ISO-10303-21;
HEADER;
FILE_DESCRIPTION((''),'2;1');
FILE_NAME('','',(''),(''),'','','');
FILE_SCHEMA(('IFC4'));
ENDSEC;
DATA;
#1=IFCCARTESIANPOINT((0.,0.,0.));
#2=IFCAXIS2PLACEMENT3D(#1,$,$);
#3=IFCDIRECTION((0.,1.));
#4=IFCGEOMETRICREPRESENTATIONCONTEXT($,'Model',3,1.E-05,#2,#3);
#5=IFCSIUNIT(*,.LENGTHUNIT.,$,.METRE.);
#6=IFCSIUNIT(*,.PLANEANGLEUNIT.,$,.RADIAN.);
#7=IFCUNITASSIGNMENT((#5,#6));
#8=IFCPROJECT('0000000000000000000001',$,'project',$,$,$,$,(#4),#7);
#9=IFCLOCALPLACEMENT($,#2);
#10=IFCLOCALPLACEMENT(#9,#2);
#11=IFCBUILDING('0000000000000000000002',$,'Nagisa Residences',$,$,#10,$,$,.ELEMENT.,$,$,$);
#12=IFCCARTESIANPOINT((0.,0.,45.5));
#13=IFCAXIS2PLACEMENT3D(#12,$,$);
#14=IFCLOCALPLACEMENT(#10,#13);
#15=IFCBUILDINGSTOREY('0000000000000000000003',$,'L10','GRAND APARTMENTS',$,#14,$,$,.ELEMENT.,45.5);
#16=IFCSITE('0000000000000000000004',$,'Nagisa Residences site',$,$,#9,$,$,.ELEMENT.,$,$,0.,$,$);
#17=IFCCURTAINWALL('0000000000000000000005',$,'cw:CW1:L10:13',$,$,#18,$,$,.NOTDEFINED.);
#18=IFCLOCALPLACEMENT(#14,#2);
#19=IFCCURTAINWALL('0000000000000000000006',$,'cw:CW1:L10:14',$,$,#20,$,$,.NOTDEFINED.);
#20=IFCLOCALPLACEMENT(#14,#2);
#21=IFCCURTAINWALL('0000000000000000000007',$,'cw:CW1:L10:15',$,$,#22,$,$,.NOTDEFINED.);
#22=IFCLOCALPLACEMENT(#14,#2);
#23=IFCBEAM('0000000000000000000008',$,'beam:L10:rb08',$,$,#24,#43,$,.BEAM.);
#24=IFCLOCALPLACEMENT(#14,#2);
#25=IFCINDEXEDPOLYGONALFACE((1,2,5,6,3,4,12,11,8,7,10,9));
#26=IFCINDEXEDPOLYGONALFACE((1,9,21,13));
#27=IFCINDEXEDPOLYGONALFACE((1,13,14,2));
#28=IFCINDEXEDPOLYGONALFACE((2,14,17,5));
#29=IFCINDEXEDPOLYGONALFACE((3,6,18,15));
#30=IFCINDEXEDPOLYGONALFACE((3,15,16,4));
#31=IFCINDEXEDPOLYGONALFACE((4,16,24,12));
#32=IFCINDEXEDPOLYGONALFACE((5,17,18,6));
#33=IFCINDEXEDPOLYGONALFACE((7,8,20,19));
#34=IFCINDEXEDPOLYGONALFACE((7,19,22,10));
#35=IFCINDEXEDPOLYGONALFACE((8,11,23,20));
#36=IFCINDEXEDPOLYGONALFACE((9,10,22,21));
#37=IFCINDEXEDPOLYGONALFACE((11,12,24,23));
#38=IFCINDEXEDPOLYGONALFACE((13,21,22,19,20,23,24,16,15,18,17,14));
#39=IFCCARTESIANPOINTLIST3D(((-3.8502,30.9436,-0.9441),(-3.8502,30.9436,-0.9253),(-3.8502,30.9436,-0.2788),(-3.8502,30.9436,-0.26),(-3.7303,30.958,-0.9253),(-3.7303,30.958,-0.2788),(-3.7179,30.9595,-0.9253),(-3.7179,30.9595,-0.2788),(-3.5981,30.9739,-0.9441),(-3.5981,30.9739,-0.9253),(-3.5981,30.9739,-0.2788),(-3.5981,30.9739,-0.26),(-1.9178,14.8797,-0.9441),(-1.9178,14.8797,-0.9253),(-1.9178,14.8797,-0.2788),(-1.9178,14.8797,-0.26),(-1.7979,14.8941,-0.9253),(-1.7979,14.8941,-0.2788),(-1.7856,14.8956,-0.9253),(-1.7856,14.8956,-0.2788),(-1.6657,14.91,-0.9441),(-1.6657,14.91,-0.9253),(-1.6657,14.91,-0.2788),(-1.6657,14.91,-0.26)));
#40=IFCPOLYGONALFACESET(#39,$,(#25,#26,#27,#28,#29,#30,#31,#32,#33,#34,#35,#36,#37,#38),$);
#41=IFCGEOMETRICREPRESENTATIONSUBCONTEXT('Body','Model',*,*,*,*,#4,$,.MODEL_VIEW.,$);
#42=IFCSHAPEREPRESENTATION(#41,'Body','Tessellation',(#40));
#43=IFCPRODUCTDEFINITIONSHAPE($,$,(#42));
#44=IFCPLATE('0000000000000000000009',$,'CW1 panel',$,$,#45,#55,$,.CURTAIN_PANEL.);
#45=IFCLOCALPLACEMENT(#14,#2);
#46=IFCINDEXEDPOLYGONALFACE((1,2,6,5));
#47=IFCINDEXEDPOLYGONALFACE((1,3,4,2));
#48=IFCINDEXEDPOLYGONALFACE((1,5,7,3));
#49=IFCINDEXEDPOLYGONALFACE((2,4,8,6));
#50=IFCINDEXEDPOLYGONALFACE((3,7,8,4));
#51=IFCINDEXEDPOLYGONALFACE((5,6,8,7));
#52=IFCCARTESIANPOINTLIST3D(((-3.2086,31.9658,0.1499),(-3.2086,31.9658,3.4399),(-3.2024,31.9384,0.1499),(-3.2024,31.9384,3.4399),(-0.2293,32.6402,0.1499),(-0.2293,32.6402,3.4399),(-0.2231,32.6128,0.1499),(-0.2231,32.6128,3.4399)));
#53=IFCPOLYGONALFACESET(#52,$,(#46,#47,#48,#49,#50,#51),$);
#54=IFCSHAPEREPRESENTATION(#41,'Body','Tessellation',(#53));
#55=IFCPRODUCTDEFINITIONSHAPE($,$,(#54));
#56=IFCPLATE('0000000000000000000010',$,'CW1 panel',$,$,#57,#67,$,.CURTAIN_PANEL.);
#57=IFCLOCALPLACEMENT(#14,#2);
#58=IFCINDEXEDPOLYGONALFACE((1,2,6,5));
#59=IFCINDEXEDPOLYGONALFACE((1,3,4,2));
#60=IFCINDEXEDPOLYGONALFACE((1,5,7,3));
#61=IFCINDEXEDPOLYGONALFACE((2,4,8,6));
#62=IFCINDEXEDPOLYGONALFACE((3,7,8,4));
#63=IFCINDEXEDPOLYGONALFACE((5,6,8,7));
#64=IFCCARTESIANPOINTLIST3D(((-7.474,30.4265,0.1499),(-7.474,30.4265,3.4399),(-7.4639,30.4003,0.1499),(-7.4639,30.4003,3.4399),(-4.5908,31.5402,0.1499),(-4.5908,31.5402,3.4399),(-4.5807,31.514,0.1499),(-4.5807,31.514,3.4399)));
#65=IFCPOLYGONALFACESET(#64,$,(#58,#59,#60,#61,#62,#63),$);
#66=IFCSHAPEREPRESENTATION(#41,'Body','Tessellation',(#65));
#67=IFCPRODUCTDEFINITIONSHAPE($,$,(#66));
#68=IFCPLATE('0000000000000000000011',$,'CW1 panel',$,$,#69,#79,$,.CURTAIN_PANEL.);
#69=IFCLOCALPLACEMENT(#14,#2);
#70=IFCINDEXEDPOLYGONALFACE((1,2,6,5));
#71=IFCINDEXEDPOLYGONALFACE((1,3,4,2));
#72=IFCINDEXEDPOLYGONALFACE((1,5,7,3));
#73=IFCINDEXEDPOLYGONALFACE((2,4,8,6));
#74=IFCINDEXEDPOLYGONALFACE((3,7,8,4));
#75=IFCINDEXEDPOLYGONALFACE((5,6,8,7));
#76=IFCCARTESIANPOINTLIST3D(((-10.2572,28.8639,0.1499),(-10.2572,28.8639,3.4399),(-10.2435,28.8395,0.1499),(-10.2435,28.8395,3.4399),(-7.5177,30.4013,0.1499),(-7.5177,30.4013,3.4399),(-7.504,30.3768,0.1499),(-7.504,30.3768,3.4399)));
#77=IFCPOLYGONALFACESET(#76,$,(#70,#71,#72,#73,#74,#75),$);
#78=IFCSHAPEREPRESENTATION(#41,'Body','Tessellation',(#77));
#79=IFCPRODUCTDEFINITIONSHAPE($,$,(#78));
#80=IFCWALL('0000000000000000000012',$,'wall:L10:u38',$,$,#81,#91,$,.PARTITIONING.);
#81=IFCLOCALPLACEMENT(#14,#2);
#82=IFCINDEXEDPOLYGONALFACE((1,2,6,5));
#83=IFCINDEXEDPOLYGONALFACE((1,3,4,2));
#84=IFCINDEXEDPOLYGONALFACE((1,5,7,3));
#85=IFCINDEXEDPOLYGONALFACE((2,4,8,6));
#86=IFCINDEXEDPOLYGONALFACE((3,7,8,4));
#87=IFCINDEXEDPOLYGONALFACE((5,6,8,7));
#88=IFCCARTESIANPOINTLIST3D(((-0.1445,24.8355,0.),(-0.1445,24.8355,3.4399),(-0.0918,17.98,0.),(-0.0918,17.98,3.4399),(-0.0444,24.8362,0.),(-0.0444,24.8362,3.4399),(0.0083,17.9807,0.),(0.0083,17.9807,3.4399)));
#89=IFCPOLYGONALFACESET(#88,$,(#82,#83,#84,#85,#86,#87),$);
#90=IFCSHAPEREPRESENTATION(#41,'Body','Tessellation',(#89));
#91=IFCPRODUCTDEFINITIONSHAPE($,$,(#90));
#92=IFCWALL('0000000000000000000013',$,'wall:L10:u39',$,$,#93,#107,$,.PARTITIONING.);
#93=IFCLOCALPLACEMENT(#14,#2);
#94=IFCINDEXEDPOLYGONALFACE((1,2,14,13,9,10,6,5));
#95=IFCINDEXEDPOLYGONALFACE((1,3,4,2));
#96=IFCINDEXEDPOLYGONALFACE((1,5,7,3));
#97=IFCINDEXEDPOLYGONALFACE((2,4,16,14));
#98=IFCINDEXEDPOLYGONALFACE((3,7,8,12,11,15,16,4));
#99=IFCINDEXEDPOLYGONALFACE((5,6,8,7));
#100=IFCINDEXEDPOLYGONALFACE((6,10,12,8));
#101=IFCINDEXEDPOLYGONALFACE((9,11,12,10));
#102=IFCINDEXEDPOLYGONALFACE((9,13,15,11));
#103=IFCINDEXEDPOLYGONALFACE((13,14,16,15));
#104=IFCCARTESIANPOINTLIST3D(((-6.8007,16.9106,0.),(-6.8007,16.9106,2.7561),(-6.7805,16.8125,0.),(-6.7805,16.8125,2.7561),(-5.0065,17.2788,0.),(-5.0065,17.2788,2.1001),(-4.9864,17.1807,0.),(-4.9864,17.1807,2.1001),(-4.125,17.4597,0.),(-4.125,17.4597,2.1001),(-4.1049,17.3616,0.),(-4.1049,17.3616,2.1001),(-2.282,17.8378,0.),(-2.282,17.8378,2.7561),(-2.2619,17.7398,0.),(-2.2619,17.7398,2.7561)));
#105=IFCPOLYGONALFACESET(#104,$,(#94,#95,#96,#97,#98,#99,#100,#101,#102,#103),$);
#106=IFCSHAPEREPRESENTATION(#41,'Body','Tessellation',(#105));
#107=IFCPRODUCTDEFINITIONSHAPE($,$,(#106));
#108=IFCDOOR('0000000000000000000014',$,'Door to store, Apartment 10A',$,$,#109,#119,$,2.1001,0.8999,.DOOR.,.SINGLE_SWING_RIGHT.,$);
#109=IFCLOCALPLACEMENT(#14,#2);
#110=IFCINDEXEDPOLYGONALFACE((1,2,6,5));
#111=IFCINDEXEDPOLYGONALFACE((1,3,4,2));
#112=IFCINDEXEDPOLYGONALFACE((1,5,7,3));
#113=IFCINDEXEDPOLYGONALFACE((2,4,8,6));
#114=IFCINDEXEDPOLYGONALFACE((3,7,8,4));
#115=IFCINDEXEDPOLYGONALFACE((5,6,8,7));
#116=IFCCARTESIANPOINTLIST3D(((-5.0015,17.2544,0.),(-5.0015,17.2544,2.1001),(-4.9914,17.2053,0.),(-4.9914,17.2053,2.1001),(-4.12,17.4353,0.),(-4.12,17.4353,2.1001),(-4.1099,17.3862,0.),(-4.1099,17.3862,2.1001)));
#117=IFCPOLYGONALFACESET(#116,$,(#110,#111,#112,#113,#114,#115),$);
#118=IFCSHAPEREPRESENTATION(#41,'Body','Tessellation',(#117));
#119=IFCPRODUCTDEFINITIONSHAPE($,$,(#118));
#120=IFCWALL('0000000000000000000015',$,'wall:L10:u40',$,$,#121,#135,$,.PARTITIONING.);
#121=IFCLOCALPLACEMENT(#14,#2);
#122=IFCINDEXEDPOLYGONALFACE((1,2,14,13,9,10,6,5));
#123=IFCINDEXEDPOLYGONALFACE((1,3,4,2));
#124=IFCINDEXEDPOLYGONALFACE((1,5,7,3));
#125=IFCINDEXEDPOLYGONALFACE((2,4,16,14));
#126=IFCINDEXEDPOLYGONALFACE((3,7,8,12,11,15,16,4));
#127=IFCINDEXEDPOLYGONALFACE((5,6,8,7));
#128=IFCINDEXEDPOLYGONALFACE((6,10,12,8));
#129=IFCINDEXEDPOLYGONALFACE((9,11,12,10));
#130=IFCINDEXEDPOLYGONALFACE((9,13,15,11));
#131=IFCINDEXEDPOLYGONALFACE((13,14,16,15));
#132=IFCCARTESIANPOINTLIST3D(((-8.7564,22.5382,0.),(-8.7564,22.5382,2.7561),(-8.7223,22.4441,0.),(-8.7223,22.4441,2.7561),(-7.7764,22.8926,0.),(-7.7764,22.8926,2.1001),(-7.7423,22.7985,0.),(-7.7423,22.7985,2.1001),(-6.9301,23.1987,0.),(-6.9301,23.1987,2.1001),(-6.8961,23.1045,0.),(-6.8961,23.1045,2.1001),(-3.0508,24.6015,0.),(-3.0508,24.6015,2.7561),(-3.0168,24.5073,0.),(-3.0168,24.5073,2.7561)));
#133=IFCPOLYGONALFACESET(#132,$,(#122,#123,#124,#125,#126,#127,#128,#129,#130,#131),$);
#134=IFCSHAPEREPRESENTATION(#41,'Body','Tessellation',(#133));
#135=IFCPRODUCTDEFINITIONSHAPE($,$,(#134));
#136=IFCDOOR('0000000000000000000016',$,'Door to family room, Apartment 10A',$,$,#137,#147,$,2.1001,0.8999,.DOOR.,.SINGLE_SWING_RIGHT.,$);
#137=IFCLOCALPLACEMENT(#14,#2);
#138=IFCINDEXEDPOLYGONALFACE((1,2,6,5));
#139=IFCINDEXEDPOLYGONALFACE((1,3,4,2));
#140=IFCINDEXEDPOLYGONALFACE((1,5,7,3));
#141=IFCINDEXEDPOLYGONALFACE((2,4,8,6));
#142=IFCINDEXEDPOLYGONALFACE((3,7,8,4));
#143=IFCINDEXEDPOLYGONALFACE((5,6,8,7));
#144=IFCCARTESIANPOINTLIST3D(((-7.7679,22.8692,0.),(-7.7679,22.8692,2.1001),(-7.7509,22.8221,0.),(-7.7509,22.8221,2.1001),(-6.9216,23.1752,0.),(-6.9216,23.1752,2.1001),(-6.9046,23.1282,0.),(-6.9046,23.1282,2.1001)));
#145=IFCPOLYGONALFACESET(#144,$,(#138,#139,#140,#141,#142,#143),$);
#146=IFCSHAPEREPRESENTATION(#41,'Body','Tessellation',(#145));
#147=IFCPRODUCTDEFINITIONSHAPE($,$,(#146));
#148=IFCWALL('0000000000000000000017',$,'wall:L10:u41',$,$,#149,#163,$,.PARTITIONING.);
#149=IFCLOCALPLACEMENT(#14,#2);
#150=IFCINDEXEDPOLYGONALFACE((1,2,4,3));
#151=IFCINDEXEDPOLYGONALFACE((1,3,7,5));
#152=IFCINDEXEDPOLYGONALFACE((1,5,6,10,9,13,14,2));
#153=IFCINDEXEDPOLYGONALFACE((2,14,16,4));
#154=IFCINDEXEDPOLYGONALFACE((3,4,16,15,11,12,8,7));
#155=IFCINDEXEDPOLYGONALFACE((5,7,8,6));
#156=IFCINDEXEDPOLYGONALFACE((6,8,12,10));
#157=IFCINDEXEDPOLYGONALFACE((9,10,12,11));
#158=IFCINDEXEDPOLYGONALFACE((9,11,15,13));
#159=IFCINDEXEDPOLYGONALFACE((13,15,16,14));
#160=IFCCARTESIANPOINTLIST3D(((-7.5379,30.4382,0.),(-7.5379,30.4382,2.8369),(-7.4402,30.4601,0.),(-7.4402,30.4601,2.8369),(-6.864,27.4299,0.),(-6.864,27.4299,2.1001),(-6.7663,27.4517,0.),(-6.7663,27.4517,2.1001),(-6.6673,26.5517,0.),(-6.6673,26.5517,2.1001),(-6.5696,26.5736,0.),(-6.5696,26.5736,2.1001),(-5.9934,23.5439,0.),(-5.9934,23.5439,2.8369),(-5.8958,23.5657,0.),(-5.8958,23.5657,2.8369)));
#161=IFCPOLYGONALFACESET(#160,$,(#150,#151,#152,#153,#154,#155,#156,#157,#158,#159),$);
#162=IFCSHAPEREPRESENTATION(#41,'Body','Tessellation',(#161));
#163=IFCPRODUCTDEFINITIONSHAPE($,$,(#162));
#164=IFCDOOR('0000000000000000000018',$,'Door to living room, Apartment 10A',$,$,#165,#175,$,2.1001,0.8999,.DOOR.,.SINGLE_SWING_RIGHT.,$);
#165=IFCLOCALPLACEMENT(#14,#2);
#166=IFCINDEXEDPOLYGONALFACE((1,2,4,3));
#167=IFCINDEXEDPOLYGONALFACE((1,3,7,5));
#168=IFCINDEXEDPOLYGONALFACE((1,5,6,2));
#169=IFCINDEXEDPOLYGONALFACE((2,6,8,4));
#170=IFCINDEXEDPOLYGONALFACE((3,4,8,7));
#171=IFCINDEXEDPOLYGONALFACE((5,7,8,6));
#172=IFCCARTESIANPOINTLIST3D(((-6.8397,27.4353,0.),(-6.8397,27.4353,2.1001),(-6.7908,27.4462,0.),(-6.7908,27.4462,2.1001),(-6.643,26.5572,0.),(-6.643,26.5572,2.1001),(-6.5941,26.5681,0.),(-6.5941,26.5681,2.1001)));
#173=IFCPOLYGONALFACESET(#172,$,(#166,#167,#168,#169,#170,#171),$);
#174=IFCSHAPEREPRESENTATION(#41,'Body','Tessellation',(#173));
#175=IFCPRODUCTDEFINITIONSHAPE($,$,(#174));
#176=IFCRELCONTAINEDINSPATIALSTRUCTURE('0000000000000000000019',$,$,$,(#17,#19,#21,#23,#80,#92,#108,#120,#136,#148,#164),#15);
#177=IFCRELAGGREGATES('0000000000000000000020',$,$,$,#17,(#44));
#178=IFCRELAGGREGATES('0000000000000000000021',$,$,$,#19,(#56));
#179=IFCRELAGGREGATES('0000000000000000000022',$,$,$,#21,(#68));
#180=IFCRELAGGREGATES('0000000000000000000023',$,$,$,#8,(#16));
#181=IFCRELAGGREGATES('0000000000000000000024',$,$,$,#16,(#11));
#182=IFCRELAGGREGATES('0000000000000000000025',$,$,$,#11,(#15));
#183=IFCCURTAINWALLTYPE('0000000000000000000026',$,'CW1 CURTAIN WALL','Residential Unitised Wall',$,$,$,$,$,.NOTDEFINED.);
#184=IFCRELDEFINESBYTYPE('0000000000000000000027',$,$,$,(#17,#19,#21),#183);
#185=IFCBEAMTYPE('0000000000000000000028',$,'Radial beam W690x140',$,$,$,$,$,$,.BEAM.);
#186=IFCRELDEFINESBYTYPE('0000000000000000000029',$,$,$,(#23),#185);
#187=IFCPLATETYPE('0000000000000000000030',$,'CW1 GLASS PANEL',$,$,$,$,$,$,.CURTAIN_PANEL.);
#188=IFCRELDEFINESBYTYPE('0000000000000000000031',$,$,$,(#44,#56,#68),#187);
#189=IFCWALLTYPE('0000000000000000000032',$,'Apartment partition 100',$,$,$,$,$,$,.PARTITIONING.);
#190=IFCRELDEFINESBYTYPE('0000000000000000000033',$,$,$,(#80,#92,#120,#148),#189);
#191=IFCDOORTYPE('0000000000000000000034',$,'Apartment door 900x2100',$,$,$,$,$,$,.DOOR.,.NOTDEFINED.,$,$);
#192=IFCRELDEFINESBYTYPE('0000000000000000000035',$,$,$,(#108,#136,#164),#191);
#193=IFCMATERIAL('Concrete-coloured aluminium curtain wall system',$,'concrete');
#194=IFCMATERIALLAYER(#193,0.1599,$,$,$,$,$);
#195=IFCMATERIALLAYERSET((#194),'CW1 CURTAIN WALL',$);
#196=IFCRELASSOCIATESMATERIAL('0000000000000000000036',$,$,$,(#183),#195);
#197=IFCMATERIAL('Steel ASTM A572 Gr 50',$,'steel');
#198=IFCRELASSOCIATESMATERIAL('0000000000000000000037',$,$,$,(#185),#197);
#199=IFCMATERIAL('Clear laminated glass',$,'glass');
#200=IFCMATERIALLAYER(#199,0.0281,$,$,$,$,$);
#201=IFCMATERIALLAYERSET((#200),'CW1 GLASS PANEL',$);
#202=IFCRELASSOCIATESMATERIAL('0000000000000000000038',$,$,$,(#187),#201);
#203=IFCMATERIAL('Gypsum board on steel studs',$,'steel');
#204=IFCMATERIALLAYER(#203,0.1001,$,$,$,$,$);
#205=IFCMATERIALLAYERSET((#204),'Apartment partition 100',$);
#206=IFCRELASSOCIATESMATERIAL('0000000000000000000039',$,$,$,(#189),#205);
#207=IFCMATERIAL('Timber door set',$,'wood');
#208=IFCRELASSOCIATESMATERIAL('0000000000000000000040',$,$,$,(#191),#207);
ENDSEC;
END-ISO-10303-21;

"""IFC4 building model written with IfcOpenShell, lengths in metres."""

from ifc_helpers import new_model, si_unit, direction, frame, frame_2d, origin, origin_2d, place, context, subcontext, project, spatial, rectangle, i_section, extrude, material, layer, layer_set, material_profile, profile_set, type_object, element, fill, aggregate, save


model = new_model("IFC4")

# Units and contexts
model_context = context("Model", 3, precision=1e-05, world=origin(), true_north=direction((0.0, 1.0)))
body_context = subcontext(model_context, "Body", "Model", "MODEL_VIEW")
ifc_project = project(units=[si_unit("LENGTHUNIT", "METRE"), si_unit("PLANEANGLEUNIT", "RADIAN")], contexts=[model_context])

# Site, building, storey
site_placement = place(None, origin())
site = spatial("IfcSite", under=ifc_project, at=site_placement, Name="Nagisa Residences site", CompositionType="ELEMENT", RefElevation=0.0)
building_placement = place(site_placement, origin())
building = spatial("IfcBuilding", under=site, at=building_placement, Name="Nagisa Residences", CompositionType="ELEMENT")
storey_placement = place(building_placement, frame((0.0, 0.0, 45.5)))
storey = spatial("IfcBuildingStorey", under=building, at=storey_placement, Name="L10", Description="GRAND APARTMENTS", CompositionType="ELEMENT", Elevation=45.5)

# Curtain walls
ifc_material_1 = material(Name="Concrete-coloured aluminium curtain wall system", Category="concrete")
ifc_layer_1 = layer(ifc_material_1, 0.1599)
ifc_layer_set_1 = layer_set([ifc_layer_1], Name="CW1 CURTAIN WALL")
curtain_wall_type = type_object("IfcCurtainWallType", Name="CW1 CURTAIN WALL", Description="Residential Unitised Wall", PredefinedType="NOTDEFINED", material=ifc_layer_set_1)
curtain_wall_1_placement = place(storey_placement, origin())
curtain_wall_1 = element("IfcCurtainWall", 1, at=curtain_wall_1_placement, inside=storey, type_object=curtain_wall_type, Name="cw:CW1:L10:13", PredefinedType="NOTDEFINED")
curtain_wall_2_placement = place(storey_placement, origin())
curtain_wall_2 = element("IfcCurtainWall", 2, at=curtain_wall_2_placement, inside=storey, type_object=curtain_wall_type, Name="cw:CW1:L10:14", PredefinedType="NOTDEFINED")
curtain_wall_3_placement = place(storey_placement, origin())
curtain_wall_3 = element("IfcCurtainWall", 3, at=curtain_wall_3_placement, inside=storey, type_object=curtain_wall_type, Name="cw:CW1:L10:15", PredefinedType="NOTDEFINED")

# Beam
ifc_material_2 = material(Name="Steel ASTM A572 Gr 50", Category="steel")
ifc_material_profile_1 = material_profile(ifc_material_2, i_section(OverallWidth=0.2539, OverallDepth=0.6841, WebThickness=0.0125, FlangeThickness=0.0188, at=origin_2d()), Name="W690x140")
ifc_profile_set_1 = profile_set([ifc_material_profile_1], Name="Steel ASTM A572 Gr 50")
beam_type_1 = type_object("IfcBeamType", Name="Radial beam W690x140", PredefinedType="BEAM", material=ifc_profile_set_1)
beam_1_placement = place(storey_placement, frame((-3.7241, 30.9587, -0.6021), z_axis=(0.119431, -0.992842, 0.0), x_axis=(0.992842, 0.119431, 0.0)))
element("IfcBeam", 4, at=beam_1_placement, inside=storey, type_object=beam_type_1, Name="beam:L10:rb08", PredefinedType="BEAM", context=body_context, shape_type="SweptSolid", body=[
    extrude(i_section(OverallWidth=0.2539, OverallDepth=0.6841, WebThickness=0.0125, FlangeThickness=0.0188, at=origin_2d()), origin(), (0.0, 0.0, 1.0), 16.1797),
])

# Plates
ifc_material_3 = material(Name="Clear laminated glass", Category="glass")
ifc_layer_2 = layer(ifc_material_3, 0.0281)
ifc_layer_set_2 = layer_set([ifc_layer_2], Name="CW1 GLASS PANEL")
plate_type = type_object("IfcPlateType", Name="CW1 GLASS PANEL", PredefinedType="CURTAIN_PANEL", material=ifc_layer_set_2)
plate_1_placement = place(storey_placement, frame((-1.7158, 32.2893, 0.1499), z_axis=(0.0, 0.0, 1.0), x_axis=(-0.975327, -0.220764, 0.0)))
plate_1 = element("IfcPlate", 5, at=plate_1_placement, type_object=plate_type, Name="CW1 panel", PredefinedType="CURTAIN_PANEL", context=body_context, shape_type="SweptSolid", body=[
    extrude(rectangle(XDim=3.0547, YDim=0.0281, at=origin_2d()), origin(), (0.0, 0.0, 1.0), 3.29),
])
aggregate(curtain_wall_1, [plate_1])
plate_2_placement = place(storey_placement, frame((-6.0273, 30.9702, 0.1499), z_axis=(0.0, 0.0, 1.0), x_axis=(-0.932826, -0.360328, 0.0)))
plate_2 = element("IfcPlate", 6, at=plate_2_placement, type_object=plate_type, Name="CW1 panel", PredefinedType="CURTAIN_PANEL", context=body_context, shape_type="SweptSolid", body=[
    extrude(rectangle(XDim=3.0908, YDim=0.0281, at=origin_2d()), origin(), (0.0, 0.0, 1.0), 3.29),
])
aggregate(curtain_wall_2, [plate_2])
plate_3_placement = place(storey_placement, frame((-8.8806, 29.6204, 0.1499), z_axis=(0.0, 0.0, 1.0), x_axis=(-0.872072, -0.489377, 0.0)))
plate_3 = element("IfcPlate", 7, at=plate_3_placement, type_object=plate_type, Name="CW1 panel", PredefinedType="CURTAIN_PANEL", context=body_context, shape_type="SweptSolid", body=[
    extrude(rectangle(XDim=3.1414, YDim=0.0281, at=origin_2d()), origin(), (0.0, 0.0, 1.0), 3.29),
])
aggregate(curtain_wall_3, [plate_3])

# Wall
ifc_material_4 = material(Name="Gypsum board on steel studs", Category="steel")
ifc_layer_3 = layer(ifc_material_4, 0.1001)
ifc_layer_set_3 = layer_set([ifc_layer_3], Name="Apartment partition 100")
wall_type_1 = type_object("IfcWallType", Name="Apartment partition 100", PredefinedType="PARTITIONING", material=ifc_layer_set_3)
wall_1_placement = place(storey_placement, frame((-0.0417, 17.9805, 0.0), z_axis=(0.0, 0.0, 1.0), x_axis=(-0.007692, 0.99997, 0.0)))
element("IfcWall", 8, at=wall_1_placement, inside=storey, type_object=wall_type_1, Name="wall:L10:u38", PredefinedType="PARTITIONING", context=body_context, shape_type="SweptSolid", body=[
    extrude(rectangle(XDim=6.8557, YDim=0.1001, at=frame_2d((3.4277, 0.0))), origin(), (0.0, 0.0, 1.0), 3.4399),
])

# Walls, openings, doors
wall_2_placement = place(storey_placement, frame((-2.272, 17.7888, 0.0), z_axis=(0.0, 0.0, 1.0), x_axis=(-0.979587, -0.20102, 0.0)))
wall_2 = element("IfcWall", 9, at=wall_2_placement, inside=storey, type_object=wall_type_1, Name="wall:L10:u39", PredefinedType="PARTITIONING", context=body_context, shape_type="SweptSolid", body=[
    extrude(rectangle(XDim=4.6128, YDim=0.1001, at=frame_2d((2.3064, 0.0))), origin(), (0.0, 0.0, 1.0), 2.7561),
])
opening_1_placement = place(wall_2_placement, frame((1.8813, 0.0, 0.0)))
opening_1 = element("IfcOpeningElement", 10, at=opening_1_placement, cuts=wall_2, PredefinedType="OPENING", context=body_context, shape_type="SweptSolid", body=[
    extrude(rectangle(XDim=0.8999, YDim=2.1001, at=frame_2d((0.45, 1.05))), frame((0.0, 0.0601, 0.0), z_axis=(0.0, -1.0, 0.0), x_axis=(1.0, 0.0, 0.0)), (0.0, 0.0, 1.0), 0.1201),
])
ifc_material_5 = material(Name="Timber door set", Category="wood")
door_type_1 = type_object("IfcDoorType", Name="Apartment door 900x2100", OperationType="NOTDEFINED", PredefinedType="DOOR", material=ifc_material_5)
door_1_placement = place(opening_1_placement, origin())
door_1 = element("IfcDoor", 11, at=door_1_placement, inside=storey, type_object=door_type_1, Name="Door to store, Apartment 10A", OperationType="SINGLE_SWING_RIGHT", OverallHeight=2.1001, OverallWidth=0.8999, PredefinedType="DOOR", context=body_context, shape_type="SweptSolid", body=[
    extrude(rectangle(XDim=0.8999, YDim=2.1001, at=frame_2d((0.45, 1.05))), frame((0.0, 0.0249, 0.0), z_axis=(0.0, -1.0, 0.0), x_axis=(1.0, 0.0, 0.0)), (0.0, 0.0, 1.0), 0.05),
])
fill(opening_1, door_1)
wall_3_placement = place(storey_placement, frame((-3.0337, 24.5544, 0.0), z_axis=(0.0, 0.0, 1.0), x_axis=(-0.940402, -0.340066, 0.0)))
wall_3 = element("IfcWall", 12, at=wall_3_placement, inside=storey, type_object=wall_type_1, Name="wall:L10:u40", PredefinedType="PARTITIONING", context=body_context, shape_type="SweptSolid", body=[
    extrude(rectangle(XDim=6.0671, YDim=0.1001, at=frame_2d((3.0337, 0.0))), origin(), (0.0, 0.0, 1.0), 2.7561),
])
opening_2_placement = place(wall_3_placement, frame((4.1252, 0.0, 0.0)))
opening_2 = element("IfcOpeningElement", 13, at=opening_2_placement, cuts=wall_3, PredefinedType="OPENING", context=body_context, shape_type="SweptSolid", body=[
    extrude(rectangle(XDim=0.8999, YDim=2.1001, at=frame_2d((0.45, 1.05))), frame((0.0, 0.0601, 0.0), z_axis=(0.0, -1.0, 0.0), x_axis=(1.0, 0.0, 0.0)), (0.0, 0.0, 1.0), 0.1201),
])
door_2_placement = place(opening_2_placement, origin())
door_2 = element("IfcDoor", 14, at=door_2_placement, inside=storey, type_object=door_type_1, Name="Door to family room, Apartment 10A", OperationType="SINGLE_SWING_RIGHT", OverallHeight=2.1001, OverallWidth=0.8999, PredefinedType="DOOR", context=body_context, shape_type="SweptSolid", body=[
    extrude(rectangle(XDim=0.8999, YDim=2.1001, at=frame_2d((0.45, 1.05))), frame((0.0, 0.0249, 0.0), z_axis=(0.0, -1.0, 0.0), x_axis=(1.0, 0.0, 0.0)), (0.0, 0.0, 1.0), 0.05),
])
fill(opening_2, door_2)
wall_4_placement = place(storey_placement, frame((-5.9446, 23.5547, 0.0), z_axis=(0.0, 0.0, 1.0), x_axis=(-0.218599, 0.975815, 0.0)))
wall_4 = element("IfcWall", 15, at=wall_4_placement, inside=storey, type_object=wall_type_1, Name="wall:L10:u41", PredefinedType="PARTITIONING", context=body_context, shape_type="SweptSolid", body=[
    extrude(rectangle(XDim=7.0652, YDim=0.1001, at=frame_2d((3.5327, 0.0))), origin(), (0.0, 0.0, 1.0), 2.8369),
])
opening_3_placement = place(wall_4_placement, frame((3.0825, 0.0, 0.0)))
opening_3 = element("IfcOpeningElement", 16, at=opening_3_placement, cuts=wall_4, PredefinedType="OPENING", context=body_context, shape_type="SweptSolid", body=[
    extrude(rectangle(XDim=0.8999, YDim=2.1001, at=frame_2d((0.45, 1.05))), frame((0.0, 0.0601, 0.0), z_axis=(0.0, -1.0, 0.0), x_axis=(1.0, 0.0, 0.0)), (0.0, 0.0, 1.0), 0.1201),
])
door_3_placement = place(opening_3_placement, frame((0.8999, 0.0, 0.0), x_axis=(-1.0, 0.0, 0.0)))
door_3 = element("IfcDoor", 17, at=door_3_placement, inside=storey, type_object=door_type_1, Name="Door to living room, Apartment 10A", OperationType="SINGLE_SWING_RIGHT", OverallHeight=2.1001, OverallWidth=0.8999, PredefinedType="DOOR", context=body_context, shape_type="SweptSolid", body=[
    extrude(rectangle(XDim=0.8999, YDim=2.1001, at=frame_2d((0.45, 1.05))), frame((0.0, 0.0249, 0.0), z_axis=(0.0, -1.0, 0.0), x_axis=(1.0, 0.0, 0.0)), (0.0, 0.0, 1.0), 0.05),
])
fill(opening_3, door_3)

save(model, "model.ifc")
